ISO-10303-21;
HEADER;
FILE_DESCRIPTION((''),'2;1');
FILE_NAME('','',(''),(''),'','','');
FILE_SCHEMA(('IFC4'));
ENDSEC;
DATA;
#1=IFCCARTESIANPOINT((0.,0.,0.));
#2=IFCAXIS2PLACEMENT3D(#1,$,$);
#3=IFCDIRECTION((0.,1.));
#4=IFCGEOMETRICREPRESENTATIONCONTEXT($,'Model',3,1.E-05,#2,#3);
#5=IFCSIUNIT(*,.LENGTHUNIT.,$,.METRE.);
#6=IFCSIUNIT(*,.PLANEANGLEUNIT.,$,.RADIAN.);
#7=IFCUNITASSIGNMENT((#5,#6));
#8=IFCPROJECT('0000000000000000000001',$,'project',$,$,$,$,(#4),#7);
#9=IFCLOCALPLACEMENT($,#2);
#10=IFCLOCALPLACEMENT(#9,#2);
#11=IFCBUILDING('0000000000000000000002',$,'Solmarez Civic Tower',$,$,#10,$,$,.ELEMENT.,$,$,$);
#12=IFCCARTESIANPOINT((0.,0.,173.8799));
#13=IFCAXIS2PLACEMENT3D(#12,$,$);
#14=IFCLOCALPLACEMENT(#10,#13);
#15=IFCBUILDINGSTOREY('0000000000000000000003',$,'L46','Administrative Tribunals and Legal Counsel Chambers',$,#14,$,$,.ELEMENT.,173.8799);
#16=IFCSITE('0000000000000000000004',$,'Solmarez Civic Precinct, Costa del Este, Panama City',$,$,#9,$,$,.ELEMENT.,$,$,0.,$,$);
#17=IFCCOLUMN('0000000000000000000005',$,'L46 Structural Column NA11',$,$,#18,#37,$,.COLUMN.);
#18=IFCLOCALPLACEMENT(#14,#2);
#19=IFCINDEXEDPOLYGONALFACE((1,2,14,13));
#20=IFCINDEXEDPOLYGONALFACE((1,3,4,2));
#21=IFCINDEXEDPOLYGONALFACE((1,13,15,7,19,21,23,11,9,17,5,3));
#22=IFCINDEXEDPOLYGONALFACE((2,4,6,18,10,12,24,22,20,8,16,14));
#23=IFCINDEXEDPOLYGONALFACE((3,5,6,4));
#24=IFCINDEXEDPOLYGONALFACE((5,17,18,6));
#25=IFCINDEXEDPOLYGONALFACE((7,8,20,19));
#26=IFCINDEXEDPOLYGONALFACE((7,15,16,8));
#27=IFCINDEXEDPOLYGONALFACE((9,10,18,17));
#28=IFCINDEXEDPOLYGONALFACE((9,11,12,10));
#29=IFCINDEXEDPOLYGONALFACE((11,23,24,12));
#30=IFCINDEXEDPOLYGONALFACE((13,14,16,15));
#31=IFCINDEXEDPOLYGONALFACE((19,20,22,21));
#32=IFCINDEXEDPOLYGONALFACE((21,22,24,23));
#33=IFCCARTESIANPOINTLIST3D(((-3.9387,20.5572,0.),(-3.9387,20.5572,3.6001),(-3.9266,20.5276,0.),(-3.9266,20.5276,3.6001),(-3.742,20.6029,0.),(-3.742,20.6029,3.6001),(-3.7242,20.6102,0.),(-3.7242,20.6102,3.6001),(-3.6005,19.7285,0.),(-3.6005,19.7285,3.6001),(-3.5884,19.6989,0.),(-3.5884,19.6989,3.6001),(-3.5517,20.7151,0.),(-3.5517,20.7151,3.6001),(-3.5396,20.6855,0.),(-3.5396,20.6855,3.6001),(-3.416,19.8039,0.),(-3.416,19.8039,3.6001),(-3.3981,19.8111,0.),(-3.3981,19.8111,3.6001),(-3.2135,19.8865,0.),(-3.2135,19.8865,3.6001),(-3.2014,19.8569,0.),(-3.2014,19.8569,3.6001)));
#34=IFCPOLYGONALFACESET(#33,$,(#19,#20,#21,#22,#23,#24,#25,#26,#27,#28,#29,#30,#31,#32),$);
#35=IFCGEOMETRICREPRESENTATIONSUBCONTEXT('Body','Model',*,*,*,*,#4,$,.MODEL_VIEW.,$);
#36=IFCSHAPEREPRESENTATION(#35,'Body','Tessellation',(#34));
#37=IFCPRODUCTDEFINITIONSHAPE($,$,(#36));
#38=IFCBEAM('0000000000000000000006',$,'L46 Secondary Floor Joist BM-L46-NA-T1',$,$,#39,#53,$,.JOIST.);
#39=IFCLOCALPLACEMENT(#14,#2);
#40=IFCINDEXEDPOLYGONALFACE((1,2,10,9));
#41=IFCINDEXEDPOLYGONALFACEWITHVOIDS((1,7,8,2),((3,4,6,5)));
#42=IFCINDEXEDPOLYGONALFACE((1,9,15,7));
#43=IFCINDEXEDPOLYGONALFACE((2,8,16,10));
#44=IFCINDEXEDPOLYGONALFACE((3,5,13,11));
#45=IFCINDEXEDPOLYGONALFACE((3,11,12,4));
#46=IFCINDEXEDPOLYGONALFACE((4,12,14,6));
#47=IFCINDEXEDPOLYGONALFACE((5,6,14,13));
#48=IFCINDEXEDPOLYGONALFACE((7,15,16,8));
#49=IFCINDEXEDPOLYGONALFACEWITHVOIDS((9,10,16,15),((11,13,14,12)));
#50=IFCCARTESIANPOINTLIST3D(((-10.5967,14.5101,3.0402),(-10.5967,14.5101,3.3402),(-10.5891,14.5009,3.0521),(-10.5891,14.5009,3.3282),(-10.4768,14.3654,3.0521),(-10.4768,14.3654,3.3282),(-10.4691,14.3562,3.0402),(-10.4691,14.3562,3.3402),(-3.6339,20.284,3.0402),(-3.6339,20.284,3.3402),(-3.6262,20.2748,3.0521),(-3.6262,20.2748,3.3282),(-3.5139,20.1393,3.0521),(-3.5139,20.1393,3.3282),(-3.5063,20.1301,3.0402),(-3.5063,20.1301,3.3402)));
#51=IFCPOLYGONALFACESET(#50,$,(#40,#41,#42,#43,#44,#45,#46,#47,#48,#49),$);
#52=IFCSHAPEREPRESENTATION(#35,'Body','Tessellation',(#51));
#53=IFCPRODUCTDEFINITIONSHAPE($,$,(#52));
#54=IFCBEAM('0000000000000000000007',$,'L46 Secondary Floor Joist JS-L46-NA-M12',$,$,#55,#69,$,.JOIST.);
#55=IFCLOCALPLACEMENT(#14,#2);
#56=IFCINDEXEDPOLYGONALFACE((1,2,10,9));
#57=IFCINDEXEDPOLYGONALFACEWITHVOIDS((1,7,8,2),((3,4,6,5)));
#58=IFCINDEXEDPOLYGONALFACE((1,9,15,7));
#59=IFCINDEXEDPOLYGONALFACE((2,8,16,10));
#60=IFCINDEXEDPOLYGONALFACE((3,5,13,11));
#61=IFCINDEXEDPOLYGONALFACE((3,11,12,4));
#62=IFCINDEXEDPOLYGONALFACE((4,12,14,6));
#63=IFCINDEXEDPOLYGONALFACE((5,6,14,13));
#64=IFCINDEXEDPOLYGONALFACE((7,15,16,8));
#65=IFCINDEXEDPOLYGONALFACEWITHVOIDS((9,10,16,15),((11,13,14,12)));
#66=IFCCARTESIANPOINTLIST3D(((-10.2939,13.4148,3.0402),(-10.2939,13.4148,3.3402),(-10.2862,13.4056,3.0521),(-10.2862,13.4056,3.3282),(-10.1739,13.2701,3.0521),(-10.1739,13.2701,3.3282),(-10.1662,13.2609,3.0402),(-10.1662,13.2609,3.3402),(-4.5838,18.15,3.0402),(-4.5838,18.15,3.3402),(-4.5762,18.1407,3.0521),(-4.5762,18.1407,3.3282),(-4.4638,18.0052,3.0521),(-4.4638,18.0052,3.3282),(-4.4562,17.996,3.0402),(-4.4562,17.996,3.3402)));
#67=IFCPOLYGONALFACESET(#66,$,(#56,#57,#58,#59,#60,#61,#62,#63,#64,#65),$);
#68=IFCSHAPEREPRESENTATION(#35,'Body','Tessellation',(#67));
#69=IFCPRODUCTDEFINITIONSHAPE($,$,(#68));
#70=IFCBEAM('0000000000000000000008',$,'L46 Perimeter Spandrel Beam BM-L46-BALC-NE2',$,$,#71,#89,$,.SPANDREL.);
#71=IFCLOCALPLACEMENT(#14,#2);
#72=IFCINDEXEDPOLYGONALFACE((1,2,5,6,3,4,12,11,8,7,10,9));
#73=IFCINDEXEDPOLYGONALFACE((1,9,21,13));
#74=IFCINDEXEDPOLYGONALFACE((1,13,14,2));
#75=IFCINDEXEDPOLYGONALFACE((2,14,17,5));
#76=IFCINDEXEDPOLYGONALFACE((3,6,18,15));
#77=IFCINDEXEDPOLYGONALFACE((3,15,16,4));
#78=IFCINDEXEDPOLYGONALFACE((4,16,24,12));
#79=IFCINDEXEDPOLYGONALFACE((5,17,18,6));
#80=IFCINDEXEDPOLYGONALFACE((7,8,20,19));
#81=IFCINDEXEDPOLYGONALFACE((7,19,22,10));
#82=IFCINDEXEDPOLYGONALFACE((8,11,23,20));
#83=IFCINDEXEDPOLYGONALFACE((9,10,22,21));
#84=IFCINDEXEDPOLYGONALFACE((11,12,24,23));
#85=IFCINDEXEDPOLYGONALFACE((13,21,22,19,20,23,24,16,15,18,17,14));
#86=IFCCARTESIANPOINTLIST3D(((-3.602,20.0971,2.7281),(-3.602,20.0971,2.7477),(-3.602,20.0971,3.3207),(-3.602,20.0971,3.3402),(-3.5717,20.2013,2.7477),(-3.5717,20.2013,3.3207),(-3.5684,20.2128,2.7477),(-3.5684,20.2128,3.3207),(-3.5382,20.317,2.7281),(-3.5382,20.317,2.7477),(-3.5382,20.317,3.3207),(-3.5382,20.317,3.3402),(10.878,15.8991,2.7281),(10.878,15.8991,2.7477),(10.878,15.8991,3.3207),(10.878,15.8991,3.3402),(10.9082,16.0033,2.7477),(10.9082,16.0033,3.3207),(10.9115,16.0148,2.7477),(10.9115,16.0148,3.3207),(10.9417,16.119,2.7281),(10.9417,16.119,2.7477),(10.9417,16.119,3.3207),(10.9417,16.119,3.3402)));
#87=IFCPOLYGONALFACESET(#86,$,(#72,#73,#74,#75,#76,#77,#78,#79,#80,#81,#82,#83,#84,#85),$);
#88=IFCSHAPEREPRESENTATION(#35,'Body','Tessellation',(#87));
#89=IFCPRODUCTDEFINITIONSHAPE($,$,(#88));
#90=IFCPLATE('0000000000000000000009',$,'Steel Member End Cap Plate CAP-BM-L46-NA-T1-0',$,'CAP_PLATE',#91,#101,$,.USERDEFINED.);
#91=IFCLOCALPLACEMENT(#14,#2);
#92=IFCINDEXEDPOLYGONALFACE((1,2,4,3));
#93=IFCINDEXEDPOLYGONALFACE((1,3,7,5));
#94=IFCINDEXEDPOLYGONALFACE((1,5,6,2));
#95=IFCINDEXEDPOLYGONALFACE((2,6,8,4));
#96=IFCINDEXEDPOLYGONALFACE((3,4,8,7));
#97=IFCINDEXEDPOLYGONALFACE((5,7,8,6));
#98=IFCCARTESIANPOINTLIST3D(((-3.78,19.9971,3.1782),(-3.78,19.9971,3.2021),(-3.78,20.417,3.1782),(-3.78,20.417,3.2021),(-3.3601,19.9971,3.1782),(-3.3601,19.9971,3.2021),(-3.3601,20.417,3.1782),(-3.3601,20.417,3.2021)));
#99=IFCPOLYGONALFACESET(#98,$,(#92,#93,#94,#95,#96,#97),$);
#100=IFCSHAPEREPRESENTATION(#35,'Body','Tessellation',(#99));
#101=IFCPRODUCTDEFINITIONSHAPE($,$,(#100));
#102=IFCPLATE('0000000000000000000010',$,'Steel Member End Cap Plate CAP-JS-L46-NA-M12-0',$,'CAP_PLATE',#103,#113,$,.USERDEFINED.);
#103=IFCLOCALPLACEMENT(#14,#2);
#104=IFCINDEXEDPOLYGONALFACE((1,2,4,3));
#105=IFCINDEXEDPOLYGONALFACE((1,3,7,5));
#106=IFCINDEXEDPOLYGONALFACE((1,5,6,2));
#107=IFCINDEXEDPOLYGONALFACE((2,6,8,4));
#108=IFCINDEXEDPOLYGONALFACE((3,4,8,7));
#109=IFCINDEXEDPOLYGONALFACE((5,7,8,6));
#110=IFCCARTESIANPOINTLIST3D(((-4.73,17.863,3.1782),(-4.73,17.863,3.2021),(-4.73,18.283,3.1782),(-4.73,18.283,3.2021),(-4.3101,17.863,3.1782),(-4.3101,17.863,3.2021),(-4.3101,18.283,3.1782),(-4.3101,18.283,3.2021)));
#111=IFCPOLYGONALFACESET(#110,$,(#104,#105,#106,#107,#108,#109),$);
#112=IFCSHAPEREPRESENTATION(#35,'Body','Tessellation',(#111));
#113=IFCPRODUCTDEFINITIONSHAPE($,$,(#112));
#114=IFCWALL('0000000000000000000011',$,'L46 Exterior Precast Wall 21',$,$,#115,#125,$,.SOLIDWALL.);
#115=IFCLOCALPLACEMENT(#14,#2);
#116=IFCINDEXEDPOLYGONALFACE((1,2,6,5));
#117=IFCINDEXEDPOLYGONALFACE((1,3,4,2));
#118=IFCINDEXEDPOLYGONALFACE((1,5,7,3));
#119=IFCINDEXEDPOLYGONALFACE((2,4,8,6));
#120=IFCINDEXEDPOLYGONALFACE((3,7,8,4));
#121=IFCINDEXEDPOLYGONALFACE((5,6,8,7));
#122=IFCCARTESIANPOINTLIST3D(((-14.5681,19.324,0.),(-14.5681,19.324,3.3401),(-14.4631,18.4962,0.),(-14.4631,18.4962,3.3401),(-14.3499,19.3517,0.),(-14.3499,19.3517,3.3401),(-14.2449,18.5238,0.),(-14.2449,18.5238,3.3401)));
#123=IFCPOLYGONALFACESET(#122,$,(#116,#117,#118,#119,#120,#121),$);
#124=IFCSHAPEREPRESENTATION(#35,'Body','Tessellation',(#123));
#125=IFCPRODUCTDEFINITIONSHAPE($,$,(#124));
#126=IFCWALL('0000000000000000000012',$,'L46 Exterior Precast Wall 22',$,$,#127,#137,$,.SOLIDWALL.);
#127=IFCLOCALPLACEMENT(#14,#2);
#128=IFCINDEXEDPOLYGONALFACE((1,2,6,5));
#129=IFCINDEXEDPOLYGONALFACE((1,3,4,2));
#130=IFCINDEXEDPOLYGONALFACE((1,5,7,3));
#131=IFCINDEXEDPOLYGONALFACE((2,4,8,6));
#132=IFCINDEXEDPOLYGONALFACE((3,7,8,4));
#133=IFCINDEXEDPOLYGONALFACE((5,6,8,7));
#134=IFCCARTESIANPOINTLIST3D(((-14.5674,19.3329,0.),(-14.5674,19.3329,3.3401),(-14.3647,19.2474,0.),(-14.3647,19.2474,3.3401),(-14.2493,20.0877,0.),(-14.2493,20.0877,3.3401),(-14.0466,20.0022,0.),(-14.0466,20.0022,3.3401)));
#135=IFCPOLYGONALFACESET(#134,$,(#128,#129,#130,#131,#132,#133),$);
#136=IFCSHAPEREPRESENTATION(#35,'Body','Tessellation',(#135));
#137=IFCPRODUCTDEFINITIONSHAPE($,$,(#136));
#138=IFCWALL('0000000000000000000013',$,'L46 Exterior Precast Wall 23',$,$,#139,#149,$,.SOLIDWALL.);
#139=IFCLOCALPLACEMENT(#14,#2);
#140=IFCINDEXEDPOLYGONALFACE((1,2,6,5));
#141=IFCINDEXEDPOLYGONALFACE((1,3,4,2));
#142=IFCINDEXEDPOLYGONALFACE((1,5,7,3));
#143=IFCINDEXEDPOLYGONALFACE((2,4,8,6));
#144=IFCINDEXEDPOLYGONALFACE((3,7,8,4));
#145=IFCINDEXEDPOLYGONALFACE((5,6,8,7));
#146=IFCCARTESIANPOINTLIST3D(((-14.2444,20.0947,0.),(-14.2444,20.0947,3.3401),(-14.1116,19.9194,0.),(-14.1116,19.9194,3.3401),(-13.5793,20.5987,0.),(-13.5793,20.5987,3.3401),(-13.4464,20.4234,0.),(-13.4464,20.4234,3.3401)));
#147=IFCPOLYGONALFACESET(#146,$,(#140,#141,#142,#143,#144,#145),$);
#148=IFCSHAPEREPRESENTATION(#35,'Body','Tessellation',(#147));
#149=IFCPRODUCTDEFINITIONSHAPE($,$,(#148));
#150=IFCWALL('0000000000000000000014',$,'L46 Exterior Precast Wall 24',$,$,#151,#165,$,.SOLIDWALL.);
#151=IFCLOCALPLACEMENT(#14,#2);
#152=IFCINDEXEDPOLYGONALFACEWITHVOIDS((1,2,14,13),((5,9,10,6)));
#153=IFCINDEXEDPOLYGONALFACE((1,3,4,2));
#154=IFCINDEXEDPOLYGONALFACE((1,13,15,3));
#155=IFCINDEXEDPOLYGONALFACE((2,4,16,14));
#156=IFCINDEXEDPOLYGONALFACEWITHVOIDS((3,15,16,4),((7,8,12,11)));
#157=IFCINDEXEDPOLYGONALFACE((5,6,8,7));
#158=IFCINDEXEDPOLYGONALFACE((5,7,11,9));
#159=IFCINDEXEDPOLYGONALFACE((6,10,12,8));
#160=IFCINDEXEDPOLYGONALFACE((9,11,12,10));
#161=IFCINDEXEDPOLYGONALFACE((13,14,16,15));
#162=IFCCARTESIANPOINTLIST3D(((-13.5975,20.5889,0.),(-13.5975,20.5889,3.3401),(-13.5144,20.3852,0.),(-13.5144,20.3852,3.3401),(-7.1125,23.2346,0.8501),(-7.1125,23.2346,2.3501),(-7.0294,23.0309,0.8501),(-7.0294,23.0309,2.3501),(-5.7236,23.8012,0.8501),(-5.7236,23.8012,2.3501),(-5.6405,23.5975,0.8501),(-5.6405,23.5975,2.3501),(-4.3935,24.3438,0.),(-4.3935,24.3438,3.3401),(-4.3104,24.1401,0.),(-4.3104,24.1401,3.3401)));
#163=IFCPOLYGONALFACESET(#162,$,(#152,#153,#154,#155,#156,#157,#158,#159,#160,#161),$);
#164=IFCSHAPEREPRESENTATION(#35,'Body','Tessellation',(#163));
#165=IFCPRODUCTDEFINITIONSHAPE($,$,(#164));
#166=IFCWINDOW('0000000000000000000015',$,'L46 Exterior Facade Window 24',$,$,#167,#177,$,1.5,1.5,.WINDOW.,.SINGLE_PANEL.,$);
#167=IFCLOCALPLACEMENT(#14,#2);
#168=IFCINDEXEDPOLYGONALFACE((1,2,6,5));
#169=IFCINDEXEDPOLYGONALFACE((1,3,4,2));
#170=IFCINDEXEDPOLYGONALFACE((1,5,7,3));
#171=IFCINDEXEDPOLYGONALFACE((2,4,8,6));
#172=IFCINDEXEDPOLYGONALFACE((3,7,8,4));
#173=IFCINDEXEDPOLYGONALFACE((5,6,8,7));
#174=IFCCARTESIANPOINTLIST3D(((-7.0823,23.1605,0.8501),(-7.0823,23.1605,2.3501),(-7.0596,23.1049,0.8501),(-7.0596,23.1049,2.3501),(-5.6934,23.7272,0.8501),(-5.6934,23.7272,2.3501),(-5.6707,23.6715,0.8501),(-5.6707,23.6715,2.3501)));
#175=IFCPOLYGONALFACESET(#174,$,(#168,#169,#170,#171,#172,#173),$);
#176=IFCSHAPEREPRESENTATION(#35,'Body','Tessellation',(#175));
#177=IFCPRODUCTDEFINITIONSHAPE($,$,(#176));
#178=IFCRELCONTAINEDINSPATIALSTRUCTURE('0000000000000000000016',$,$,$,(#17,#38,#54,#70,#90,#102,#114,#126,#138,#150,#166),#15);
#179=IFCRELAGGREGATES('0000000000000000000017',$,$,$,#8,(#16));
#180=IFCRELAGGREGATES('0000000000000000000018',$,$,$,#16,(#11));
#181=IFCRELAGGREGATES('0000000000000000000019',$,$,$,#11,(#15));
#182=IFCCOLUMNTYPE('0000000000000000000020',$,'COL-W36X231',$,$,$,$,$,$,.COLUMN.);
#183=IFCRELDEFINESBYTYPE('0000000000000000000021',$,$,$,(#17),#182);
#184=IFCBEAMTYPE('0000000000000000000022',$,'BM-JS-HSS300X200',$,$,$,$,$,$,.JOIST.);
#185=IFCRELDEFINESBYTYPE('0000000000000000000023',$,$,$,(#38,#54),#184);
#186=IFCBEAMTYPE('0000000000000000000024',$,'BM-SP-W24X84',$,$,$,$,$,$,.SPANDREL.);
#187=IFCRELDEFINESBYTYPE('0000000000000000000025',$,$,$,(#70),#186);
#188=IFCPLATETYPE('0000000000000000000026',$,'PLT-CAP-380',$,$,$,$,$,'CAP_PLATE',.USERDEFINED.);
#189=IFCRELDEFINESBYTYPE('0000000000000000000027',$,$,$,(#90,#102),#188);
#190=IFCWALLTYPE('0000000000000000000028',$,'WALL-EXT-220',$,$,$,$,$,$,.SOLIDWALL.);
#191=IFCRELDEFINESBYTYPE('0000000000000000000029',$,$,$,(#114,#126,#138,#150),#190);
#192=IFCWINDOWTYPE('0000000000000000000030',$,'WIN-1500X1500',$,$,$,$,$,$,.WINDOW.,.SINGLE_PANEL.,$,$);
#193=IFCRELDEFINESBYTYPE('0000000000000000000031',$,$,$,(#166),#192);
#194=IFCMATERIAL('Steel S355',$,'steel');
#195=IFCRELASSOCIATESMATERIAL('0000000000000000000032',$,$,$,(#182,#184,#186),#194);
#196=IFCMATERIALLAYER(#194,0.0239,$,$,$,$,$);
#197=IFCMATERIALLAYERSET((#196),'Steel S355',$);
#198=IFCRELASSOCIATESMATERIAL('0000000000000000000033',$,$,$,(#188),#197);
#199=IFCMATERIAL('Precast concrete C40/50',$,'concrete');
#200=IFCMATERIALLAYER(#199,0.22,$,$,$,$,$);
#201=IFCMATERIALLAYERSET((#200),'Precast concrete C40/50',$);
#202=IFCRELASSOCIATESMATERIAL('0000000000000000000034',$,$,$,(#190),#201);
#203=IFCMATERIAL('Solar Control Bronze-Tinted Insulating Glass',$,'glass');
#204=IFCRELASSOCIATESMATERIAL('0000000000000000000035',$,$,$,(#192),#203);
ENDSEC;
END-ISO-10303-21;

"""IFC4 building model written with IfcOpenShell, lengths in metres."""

from ifc_helpers import new_model, si_unit, direction, frame, frame_2d, origin, origin_2d, place, context, subcontext, project, spatial, rectangle, hollow_rectangle, i_section, extrude, material, layer, layer_set, material_profile, profile_set, type_object, element, fill, save


model = new_model("IFC4")

# Units and contexts
model_context = context("Model", 3, precision=1e-05, world=origin(), true_north=direction((0.0, 1.0)))
body_context = subcontext(model_context, "Body", "Model", "MODEL_VIEW")
ifc_project = project(units=[si_unit("LENGTHUNIT", "METRE"), si_unit("PLANEANGLEUNIT", "RADIAN")], contexts=[model_context])

# Site, building, storey
site_placement = place(None, origin())
site = spatial("IfcSite", under=ifc_project, at=site_placement, Name="Solmarez Civic Precinct, Costa del Este, Panama City", CompositionType="ELEMENT", RefElevation=0.0)
building_placement = place(site_placement, origin())
building = spatial("IfcBuilding", under=site, at=building_placement, Name="Solmarez Civic Tower", CompositionType="ELEMENT")
storey_placement = place(building_placement, frame((0.0, 0.0, 173.8799)))
storey = spatial("IfcBuildingStorey", under=building, at=storey_placement, Name="L46", Description="Administrative Tribunals and Legal Counsel Chambers", CompositionType="ELEMENT", Elevation=173.8799)

# Column
ifc_material_1 = material(Name="Steel S355", Category="steel")
ifc_material_profile_1 = material_profile(ifc_material_1, i_section(OverallWidth=0.418, OverallDepth=0.927, WebThickness=0.0193, FlangeThickness=0.032, at=origin_2d()), Name="W36X231")
ifc_profile_set_1 = profile_set([ifc_material_profile_1], Name="Steel S355")
column_type = type_object("IfcColumnType", Name="COL-W36X231", PredefinedType="COLUMN", material=ifc_profile_set_1)
column_placement = place(storey_placement, frame((-3.5701, 20.207, 0.0), z_axis=(0.0, 0.0, 1.0), x_axis=(0.925871, 0.377841, 0.0)))
element("IfcColumn", 1, at=column_placement, inside=storey, type_object=column_type, Name="L46 Structural Column NA11", PredefinedType="COLUMN", context=body_context, shape_type="SweptSolid", body=[
    extrude(i_section(OverallWidth=0.418, OverallDepth=0.927, WebThickness=0.0193, FlangeThickness=0.032, at=origin_2d()), origin(), (0.0, 0.0, 1.0), 3.6001),
])

# Beams
ifc_material_profile_2 = material_profile(ifc_material_1, hollow_rectangle(XDim=0.2, YDim=0.3, WallThickness=0.012, at=origin_2d()), Name="HSS300X200X12")
ifc_profile_set_2 = profile_set([ifc_material_profile_2], Name="Steel S355")
beam_type_1 = type_object("IfcBeamType", Name="BM-JS-HSS300X200", PredefinedType="JOIST", material=ifc_profile_set_2)
beam_1_placement = place(storey_placement, frame((-3.5701, 20.207, 3.1902), z_axis=(-0.769768, -0.638324, 0.0), x_axis=(0.638324, -0.769768, 0.0)))
element("IfcBeam", 2, at=beam_1_placement, inside=storey, type_object=beam_type_1, Name="L46 Secondary Floor Joist BM-L46-NA-T1", PredefinedType="JOIST", context=body_context, shape_type="SweptSolid", body=[
    extrude(hollow_rectangle(XDim=0.2, YDim=0.3, WallThickness=0.012, at=origin_2d()), origin(), (0.0, 0.0, 1.0), 9.0454),
])
beam_2_placement = place(storey_placement, frame((-4.52, 18.073, 3.1902), z_axis=(-0.769757, -0.638337, 0.0), x_axis=(0.638337, -0.769757, 0.0)))
element("IfcBeam", 3, at=beam_2_placement, inside=storey, type_object=beam_type_1, Name="L46 Secondary Floor Joist JS-L46-NA-M12", PredefinedType="JOIST", context=body_context, shape_type="SweptSolid", body=[
    extrude(hollow_rectangle(XDim=0.2, YDim=0.3, WallThickness=0.012, at=origin_2d()), origin(), (0.0, 0.0, 1.0), 7.418),
])
ifc_material_profile_3 = material_profile(ifc_material_1, i_section(OverallWidth=0.229, OverallDepth=0.6121, WebThickness=0.012, FlangeThickness=0.0195, at=origin_2d()), Name="W24X84")
ifc_profile_set_3 = profile_set([ifc_material_profile_3], Name="Steel S355")
beam_type_2 = type_object("IfcBeamType", Name="BM-SP-W24X84", PredefinedType="SPANDREL", material=ifc_profile_set_3)
beam_3_placement = place(storey_placement, frame((-3.5701, 20.207, 3.0342), z_axis=(0.96045, -0.278451, 0.0), x_axis=(0.278451, 0.96045, 0.0)))
element("IfcBeam", 4, at=beam_3_placement, inside=storey, type_object=beam_type_2, Name="L46 Perimeter Spandrel Beam BM-L46-BALC-NE2", PredefinedType="SPANDREL", context=body_context, shape_type="SweptSolid", body=[
    extrude(i_section(OverallWidth=0.229, OverallDepth=0.6121, WebThickness=0.012, FlangeThickness=0.0195, at=origin_2d()), origin(), (0.0, 0.0, 1.0), 15.0762),
])

# Plates
ifc_layer_1 = layer(ifc_material_1, 0.0239)
ifc_layer_set_1 = layer_set([ifc_layer_1], Name="Steel S355")
plate_type = type_object("IfcPlateType", Name="PLT-CAP-380", ElementType="CAP_PLATE", PredefinedType="USERDEFINED", material=ifc_layer_set_1)
for number, where, z_axis, x_axis, name in (
    (5, (-3.5701, 20.207, 3.1782), (0.0, 0.0, 1.0), (1.0, 0.0, 0.0), "Steel Member End Cap Plate CAP-BM-L46-NA-T1-0"),
    (6, (-4.52, 18.073, 3.1782), (0.0, 0.0, 1.0), (1.0, 0.0, 0.0), "Steel Member End Cap Plate CAP-JS-L46-NA-M12-0"),
):
    element("IfcPlate", number, at=place(storey_placement, frame(where, z_axis=z_axis, x_axis=x_axis)), inside=storey, type_object=plate_type, Name=name, ObjectType="CAP_PLATE", PredefinedType="USERDEFINED", context=body_context, shape_type="SweptSolid", body=[
        extrude(rectangle(XDim=0.4199, YDim=0.4199, at=origin_2d()), origin(), (0.0, 0.0, 1.0), 0.0239),
    ])

# Walls
ifc_material_2 = material(Name="Precast concrete C40/50", Category="concrete")
ifc_layer_2 = layer(ifc_material_2, 0.22)
ifc_layer_set_2 = layer_set([ifc_layer_2], Name="Precast concrete C40/50")
wall_type_1 = type_object("IfcWallType", Name="WALL-EXT-220", PredefinedType="SOLIDWALL", material=ifc_layer_set_2)
wall_1_placement = place(storey_placement, frame((-14.354, 18.51, 0.0), z_axis=(0.0, 0.0, 1.0), x_axis=(-0.125799, 0.992056, 0.0)))
element("IfcWall", 7, at=wall_1_placement, inside=storey, type_object=wall_type_1, Name="L46 Exterior Precast Wall 21", PredefinedType="SOLIDWALL", context=body_context, shape_type="SweptSolid", body=[
    extrude(rectangle(XDim=0.8345, YDim=0.22, at=frame_2d((0.4172, 0.0))), origin(), (0.0, 0.0, 1.0), 3.3401),
])
wall_2_placement = place(storey_placement, frame((-14.4661, 19.29, 0.0), z_axis=(0.0, 0.0, 1.0), x_axis=(0.388337, 0.921518, 0.0)))
element("IfcWall", 8, at=wall_2_placement, inside=storey, type_object=wall_type_1, Name="L46 Exterior Precast Wall 22", PredefinedType="SOLIDWALL", context=body_context, shape_type="SweptSolid", body=[
    extrude(rectangle(XDim=0.8191, YDim=0.22, at=frame_2d((0.4097, 0.0))), origin(), (0.0, 0.0, 1.0), 3.3401),
])
wall_3_placement = place(storey_placement, frame((-14.178, 20.0071, 0.0), z_axis=(0.0, 0.0, 1.0), x_axis=(0.797041, 0.603925, 0.0)))
element("IfcWall", 9, at=wall_3_placement, inside=storey, type_object=wall_type_1, Name="L46 Exterior Precast Wall 23", PredefinedType="SOLIDWALL", context=body_context, shape_type="SweptSolid", body=[
    extrude(rectangle(XDim=0.8345, YDim=0.22, at=frame_2d((0.4172, 0.0))), origin(), (0.0, 0.0, 1.0), 3.3401),
])

# Wall, opening, window
wall_4_placement = place(storey_placement, frame((-13.5559, 20.4871, 0.0), z_axis=(0.0, 0.0, 1.0), x_axis=(0.925911, 0.377742, 0.0)))
wall_4 = element("IfcWall", 10, at=wall_4_placement, inside=storey, type_object=wall_type_1, Name="L46 Exterior Precast Wall 24", PredefinedType="SOLIDWALL", context=body_context, shape_type="SweptSolid", body=[
    extrude(rectangle(XDim=9.9404, YDim=0.22, at=frame_2d((4.9702, 0.0))), origin(), (0.0, 0.0, 1.0), 3.3401),
])
opening_1_placement = place(wall_4_placement, frame((7.0039, 0.0, 0.8501)))
opening_1 = element("IfcOpeningElement", 11, at=opening_1_placement, cuts=wall_4, PredefinedType="OPENING", context=body_context, shape_type="SweptSolid", body=[
    extrude(rectangle(XDim=1.5, YDim=1.5, at=frame_2d((0.75, 0.75))), frame((0.0, 0.1199, 0.0), z_axis=(0.0, -1.0, 0.0), x_axis=(1.0, 0.0, 0.0)), (0.0, 0.0, 1.0), 0.24),
])
ifc_material_3 = material(Name="Solar Control Bronze-Tinted Insulating Glass", Category="glass")
window_type = type_object("IfcWindowType", Name="WIN-1500X1500", PartitioningType="SINGLE_PANEL", PredefinedType="WINDOW", material=ifc_material_3)
window_placement = place(opening_1_placement, origin())
window = element("IfcWindow", 12, at=window_placement, inside=storey, type_object=window_type, Name="L46 Exterior Facade Window 24", OverallHeight=1.5, OverallWidth=1.5, PartitioningType="SINGLE_PANEL", PredefinedType="WINDOW", context=body_context, shape_type="SweptSolid", body=[
    extrude(rectangle(XDim=1.5, YDim=1.5, at=frame_2d((0.75, 0.75))), frame((0.0, 0.03, 0.0), z_axis=(0.0, -1.0, 0.0), x_axis=(1.0, 0.0, 0.0)), (0.0, 0.0, 1.0), 0.0601),
])
fill(opening_1, window)

save(model, "model.ifc")
